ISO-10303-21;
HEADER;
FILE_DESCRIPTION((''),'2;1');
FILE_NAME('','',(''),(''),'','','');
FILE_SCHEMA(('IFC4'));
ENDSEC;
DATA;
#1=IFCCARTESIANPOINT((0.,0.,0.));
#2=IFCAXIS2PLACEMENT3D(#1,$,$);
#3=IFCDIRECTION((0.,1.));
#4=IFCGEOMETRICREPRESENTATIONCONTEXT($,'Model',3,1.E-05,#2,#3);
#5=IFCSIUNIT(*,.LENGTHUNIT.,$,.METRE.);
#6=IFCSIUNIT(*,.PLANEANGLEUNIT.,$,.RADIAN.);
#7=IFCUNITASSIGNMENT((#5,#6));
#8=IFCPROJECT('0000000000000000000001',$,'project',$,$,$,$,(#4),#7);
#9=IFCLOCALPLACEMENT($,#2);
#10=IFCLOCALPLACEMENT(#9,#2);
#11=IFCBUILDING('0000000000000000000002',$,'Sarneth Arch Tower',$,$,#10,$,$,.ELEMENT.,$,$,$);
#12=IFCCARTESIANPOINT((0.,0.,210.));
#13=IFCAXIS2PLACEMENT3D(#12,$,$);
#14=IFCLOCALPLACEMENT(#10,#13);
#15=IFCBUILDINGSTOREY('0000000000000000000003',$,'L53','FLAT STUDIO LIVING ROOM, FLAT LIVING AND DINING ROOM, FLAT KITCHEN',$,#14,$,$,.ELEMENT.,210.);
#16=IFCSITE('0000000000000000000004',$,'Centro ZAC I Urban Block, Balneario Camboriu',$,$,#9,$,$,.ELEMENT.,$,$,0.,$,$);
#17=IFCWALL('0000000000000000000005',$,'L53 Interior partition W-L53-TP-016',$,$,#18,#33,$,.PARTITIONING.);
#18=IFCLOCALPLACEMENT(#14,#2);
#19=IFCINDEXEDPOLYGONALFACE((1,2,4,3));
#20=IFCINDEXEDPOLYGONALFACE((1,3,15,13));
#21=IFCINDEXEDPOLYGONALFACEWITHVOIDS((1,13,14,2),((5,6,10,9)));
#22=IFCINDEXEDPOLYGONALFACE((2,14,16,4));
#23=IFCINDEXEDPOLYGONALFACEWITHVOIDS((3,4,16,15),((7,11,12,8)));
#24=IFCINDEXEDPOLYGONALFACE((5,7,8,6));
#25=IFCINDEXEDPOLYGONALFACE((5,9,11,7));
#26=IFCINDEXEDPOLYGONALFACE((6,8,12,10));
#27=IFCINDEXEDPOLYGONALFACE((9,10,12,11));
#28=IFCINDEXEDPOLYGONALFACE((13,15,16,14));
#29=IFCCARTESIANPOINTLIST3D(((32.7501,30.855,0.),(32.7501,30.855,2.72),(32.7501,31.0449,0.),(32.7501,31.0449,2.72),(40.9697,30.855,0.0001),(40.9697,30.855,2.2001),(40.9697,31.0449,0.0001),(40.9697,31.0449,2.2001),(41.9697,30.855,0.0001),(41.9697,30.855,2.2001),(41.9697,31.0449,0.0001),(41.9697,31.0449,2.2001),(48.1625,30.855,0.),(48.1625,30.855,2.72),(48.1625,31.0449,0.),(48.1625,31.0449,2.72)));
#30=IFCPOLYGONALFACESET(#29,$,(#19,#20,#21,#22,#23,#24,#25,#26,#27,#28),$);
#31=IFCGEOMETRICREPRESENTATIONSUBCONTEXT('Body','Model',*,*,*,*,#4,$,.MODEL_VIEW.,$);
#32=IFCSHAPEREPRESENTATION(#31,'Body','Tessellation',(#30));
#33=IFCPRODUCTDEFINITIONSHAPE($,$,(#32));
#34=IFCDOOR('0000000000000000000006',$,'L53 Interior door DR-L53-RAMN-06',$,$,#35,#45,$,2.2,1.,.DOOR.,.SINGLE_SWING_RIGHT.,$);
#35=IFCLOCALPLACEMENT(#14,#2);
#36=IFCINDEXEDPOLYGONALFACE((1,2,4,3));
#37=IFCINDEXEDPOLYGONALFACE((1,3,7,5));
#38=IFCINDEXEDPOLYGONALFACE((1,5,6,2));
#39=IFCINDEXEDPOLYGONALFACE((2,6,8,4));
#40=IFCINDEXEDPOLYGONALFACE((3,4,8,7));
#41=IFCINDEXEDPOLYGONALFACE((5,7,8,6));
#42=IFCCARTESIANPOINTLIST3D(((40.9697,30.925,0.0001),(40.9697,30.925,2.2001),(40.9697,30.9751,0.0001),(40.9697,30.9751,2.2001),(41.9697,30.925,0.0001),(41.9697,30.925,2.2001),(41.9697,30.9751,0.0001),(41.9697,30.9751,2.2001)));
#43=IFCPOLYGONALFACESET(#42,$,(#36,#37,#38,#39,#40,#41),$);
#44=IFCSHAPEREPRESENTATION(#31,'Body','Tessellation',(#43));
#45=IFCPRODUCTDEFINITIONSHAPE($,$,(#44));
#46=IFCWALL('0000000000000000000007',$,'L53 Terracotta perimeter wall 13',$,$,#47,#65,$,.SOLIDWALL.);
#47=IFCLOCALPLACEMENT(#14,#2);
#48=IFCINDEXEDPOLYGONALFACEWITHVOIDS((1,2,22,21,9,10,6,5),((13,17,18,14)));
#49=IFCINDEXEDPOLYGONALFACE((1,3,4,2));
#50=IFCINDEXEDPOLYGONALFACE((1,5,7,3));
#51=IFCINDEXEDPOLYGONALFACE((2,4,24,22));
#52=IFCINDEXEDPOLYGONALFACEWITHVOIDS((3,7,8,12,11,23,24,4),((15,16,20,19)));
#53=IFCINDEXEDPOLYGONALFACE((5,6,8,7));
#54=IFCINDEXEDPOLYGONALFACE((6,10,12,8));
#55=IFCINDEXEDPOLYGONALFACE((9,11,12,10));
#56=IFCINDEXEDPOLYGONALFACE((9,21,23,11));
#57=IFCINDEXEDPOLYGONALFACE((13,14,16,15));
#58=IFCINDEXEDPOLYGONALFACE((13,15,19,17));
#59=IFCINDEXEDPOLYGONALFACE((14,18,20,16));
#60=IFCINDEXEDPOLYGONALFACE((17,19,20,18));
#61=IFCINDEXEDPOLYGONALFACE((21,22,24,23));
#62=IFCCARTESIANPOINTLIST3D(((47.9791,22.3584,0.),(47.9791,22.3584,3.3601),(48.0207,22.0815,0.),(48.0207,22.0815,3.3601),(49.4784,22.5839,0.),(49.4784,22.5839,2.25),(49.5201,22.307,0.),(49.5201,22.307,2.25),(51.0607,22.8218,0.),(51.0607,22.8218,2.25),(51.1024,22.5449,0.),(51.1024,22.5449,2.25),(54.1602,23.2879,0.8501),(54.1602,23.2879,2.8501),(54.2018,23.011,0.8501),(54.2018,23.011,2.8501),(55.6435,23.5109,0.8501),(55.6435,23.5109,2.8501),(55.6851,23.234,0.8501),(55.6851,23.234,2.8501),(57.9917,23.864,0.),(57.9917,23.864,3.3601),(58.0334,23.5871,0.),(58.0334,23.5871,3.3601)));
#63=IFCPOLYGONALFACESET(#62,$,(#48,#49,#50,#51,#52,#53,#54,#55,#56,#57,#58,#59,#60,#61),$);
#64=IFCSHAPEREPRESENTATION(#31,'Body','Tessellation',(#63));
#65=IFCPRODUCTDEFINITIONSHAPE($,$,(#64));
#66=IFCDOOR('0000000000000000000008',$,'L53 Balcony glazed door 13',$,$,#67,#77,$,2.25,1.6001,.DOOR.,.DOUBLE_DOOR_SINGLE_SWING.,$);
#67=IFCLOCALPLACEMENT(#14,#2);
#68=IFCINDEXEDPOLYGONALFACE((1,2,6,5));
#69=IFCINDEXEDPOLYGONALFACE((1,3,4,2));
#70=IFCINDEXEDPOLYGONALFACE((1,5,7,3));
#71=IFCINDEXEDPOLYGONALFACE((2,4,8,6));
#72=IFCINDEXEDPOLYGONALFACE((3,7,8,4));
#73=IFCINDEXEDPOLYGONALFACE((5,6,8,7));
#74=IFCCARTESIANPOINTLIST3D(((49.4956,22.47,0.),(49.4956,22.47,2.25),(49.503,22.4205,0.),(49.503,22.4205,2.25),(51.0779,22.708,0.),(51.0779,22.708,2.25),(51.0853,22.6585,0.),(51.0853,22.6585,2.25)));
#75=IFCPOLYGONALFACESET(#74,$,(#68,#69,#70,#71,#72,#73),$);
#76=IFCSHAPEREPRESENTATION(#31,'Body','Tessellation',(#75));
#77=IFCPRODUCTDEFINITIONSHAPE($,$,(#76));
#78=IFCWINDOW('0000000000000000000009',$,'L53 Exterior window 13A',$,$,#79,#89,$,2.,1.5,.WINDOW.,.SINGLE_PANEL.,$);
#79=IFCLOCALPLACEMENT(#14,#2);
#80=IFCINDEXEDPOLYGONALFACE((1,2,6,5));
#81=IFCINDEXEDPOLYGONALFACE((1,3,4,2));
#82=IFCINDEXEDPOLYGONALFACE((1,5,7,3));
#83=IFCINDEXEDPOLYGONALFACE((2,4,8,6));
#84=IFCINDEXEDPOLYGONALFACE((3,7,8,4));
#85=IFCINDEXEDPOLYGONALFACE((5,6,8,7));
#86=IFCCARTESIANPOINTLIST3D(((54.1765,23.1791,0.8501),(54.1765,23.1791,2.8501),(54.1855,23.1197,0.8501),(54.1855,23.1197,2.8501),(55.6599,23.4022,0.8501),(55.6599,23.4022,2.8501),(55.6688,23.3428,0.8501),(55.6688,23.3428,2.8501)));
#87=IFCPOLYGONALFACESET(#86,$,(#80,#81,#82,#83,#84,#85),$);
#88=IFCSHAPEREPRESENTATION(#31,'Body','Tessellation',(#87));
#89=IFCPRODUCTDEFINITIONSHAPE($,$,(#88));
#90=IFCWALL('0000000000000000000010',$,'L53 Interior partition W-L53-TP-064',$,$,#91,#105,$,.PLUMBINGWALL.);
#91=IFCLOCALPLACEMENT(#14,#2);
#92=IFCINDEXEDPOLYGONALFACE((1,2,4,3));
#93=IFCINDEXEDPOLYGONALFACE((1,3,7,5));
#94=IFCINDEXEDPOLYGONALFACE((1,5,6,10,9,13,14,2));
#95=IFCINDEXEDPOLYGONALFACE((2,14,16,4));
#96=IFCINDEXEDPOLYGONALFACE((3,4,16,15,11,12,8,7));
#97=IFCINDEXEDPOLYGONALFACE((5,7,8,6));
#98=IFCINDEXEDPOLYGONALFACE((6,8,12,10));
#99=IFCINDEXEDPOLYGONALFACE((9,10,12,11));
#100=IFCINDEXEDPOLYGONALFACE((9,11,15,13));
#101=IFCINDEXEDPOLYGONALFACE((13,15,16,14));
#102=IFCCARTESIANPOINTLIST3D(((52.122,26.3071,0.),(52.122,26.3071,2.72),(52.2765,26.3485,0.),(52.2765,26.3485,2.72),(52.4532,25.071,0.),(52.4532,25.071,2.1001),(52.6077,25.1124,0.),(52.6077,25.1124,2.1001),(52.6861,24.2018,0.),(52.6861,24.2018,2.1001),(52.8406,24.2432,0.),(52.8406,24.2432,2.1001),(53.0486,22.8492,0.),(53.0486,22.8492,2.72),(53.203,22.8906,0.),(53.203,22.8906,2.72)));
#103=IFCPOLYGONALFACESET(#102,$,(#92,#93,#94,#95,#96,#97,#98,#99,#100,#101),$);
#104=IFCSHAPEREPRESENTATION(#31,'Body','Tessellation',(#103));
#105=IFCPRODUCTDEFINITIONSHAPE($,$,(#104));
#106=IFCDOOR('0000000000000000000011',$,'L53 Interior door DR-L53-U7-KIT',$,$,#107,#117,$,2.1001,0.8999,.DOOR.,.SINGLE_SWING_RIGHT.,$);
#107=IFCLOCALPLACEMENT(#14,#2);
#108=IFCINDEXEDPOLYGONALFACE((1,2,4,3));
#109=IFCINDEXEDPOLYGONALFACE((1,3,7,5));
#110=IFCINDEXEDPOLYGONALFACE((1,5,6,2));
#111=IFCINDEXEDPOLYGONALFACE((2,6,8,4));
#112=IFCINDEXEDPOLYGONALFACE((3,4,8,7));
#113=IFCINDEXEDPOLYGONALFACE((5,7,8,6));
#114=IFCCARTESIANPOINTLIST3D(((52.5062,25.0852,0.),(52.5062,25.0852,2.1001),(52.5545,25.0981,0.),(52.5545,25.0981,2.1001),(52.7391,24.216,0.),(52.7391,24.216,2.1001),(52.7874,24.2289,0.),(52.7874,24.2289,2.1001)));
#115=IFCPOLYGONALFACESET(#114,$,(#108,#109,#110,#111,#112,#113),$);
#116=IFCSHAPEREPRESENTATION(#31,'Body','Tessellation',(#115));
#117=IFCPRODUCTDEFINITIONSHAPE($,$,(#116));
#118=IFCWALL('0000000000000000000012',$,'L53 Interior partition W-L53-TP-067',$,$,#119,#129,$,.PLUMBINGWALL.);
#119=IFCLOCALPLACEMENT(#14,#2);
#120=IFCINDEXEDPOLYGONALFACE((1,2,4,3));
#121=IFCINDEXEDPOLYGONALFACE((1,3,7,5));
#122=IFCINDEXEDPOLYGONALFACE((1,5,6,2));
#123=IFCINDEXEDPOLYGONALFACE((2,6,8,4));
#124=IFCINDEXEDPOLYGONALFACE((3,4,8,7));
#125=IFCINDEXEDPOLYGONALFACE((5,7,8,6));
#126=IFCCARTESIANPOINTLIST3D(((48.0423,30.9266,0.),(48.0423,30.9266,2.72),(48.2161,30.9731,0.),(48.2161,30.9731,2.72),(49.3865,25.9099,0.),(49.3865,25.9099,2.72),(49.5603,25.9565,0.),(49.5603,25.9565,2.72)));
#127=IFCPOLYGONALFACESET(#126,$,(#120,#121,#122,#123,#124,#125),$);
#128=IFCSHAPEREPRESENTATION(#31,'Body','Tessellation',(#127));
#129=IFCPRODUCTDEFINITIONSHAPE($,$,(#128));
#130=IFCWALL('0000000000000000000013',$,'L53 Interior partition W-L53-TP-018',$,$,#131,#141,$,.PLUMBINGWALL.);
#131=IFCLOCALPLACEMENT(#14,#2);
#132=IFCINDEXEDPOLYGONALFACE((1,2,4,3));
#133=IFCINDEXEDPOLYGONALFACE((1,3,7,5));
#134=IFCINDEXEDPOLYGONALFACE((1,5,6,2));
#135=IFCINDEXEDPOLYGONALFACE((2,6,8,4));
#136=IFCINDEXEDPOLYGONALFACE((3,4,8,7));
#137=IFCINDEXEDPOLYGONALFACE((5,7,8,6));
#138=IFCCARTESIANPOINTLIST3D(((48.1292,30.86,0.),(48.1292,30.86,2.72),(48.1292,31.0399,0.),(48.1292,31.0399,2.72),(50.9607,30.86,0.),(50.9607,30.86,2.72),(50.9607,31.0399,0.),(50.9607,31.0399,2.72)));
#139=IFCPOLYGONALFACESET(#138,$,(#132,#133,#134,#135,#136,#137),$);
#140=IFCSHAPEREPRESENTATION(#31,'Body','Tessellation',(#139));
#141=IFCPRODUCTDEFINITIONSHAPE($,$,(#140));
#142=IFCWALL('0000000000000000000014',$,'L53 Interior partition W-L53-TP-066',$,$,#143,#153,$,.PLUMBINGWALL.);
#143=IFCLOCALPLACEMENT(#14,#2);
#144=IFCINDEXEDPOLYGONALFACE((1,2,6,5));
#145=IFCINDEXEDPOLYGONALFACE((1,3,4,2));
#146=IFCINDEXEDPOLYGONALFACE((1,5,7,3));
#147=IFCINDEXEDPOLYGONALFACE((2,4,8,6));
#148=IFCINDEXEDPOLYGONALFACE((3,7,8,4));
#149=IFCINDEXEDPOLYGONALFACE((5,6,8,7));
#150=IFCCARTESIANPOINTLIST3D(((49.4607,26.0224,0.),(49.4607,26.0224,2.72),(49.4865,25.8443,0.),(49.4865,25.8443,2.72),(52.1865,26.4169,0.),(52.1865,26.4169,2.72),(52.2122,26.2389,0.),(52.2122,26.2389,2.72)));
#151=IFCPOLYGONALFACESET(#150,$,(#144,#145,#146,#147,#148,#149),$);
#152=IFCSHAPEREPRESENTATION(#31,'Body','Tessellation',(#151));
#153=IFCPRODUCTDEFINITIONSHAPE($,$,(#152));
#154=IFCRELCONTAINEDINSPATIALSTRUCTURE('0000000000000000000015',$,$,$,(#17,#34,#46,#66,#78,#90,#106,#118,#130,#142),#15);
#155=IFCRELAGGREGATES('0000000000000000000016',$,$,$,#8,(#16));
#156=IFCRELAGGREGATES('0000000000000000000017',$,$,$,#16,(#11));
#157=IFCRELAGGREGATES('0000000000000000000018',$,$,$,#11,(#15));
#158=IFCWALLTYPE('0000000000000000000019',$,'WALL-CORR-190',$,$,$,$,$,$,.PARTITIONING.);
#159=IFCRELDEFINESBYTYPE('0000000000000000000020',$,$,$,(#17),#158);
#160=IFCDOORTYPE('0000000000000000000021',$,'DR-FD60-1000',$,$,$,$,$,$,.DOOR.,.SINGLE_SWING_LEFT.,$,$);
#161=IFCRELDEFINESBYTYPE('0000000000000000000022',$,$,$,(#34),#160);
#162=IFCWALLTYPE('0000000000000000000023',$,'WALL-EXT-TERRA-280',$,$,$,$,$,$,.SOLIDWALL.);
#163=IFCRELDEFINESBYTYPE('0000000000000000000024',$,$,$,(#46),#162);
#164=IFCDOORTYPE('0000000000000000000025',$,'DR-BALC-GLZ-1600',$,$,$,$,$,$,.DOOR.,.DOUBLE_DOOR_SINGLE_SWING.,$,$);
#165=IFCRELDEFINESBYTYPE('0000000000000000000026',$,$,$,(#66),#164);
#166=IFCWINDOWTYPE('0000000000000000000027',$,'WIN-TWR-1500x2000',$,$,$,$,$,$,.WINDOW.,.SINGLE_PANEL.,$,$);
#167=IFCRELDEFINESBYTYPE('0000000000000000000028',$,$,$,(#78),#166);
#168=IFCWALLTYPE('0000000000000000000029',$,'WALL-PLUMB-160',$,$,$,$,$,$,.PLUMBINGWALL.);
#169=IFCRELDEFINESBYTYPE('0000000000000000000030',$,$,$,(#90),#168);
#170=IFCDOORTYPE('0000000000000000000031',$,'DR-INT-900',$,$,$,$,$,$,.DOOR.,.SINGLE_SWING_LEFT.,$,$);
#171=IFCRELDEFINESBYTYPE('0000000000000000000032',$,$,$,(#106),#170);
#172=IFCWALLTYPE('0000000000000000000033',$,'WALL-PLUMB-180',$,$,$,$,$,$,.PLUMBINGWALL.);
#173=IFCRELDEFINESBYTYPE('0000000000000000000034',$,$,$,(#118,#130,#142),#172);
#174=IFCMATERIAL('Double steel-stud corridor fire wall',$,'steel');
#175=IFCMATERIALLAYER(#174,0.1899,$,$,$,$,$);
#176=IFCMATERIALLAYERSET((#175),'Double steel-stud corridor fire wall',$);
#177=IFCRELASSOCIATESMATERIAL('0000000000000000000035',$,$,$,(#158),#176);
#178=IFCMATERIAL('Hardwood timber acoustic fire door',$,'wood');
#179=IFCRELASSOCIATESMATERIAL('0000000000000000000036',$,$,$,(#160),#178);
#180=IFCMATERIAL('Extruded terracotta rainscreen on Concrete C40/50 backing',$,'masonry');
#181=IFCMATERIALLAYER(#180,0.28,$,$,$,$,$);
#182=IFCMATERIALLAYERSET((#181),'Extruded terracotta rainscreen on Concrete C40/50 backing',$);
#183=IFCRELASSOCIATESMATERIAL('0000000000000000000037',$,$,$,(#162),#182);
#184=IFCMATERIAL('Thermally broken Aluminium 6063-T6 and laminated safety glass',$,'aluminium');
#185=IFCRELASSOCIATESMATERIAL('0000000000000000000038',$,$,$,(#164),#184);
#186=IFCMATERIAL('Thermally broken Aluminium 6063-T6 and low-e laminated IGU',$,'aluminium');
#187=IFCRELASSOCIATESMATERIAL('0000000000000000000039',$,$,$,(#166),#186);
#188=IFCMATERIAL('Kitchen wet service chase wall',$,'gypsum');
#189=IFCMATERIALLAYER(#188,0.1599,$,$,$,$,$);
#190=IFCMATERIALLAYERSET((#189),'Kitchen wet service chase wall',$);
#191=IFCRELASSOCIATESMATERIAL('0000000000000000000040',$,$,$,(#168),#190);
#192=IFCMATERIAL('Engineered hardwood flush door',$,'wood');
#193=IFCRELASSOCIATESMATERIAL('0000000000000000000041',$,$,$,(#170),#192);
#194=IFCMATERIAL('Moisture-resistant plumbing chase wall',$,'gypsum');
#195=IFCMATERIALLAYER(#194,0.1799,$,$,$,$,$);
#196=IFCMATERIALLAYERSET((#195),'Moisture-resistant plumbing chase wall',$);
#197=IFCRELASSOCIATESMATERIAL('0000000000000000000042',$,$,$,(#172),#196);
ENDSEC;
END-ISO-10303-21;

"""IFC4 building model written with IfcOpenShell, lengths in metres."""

from ifc_helpers import new_model, si_unit, direction, frame, frame_2d, origin, place, context, subcontext, project, spatial, rectangle, extrude, material, layer, layer_set, type_object, element, fill, save


model = new_model("IFC4")

# Units and contexts
model_context = context("Model", 3, precision=1e-05, world=origin(), true_north=direction((0.0, 1.0)))
body_context = subcontext(model_context, "Body", "Model", "MODEL_VIEW")
ifc_project = project(units=[si_unit("LENGTHUNIT", "METRE"), si_unit("PLANEANGLEUNIT", "RADIAN")], contexts=[model_context])

# Site, building, storey
site_placement = place(None, origin())
site = spatial("IfcSite", under=ifc_project, at=site_placement, Name="Centro ZAC I Urban Block, Balneario Camboriu", CompositionType="ELEMENT", RefElevation=0.0)
building_placement = place(site_placement, origin())
building = spatial("IfcBuilding", under=site, at=building_placement, Name="Sarneth Arch Tower", CompositionType="ELEMENT")
storey_placement = place(building_placement, frame((0.0, 0.0, 210.0)))
storey = spatial("IfcBuildingStorey", under=building, at=storey_placement, Name="L53", Description="FLAT STUDIO LIVING ROOM, FLAT LIVING AND DINING ROOM, FLAT KITCHEN", CompositionType="ELEMENT", Elevation=210.0)

# Wall, opening, door
ifc_material_1 = material(Name="Double steel-stud corridor fire wall", Category="steel")
ifc_layer_1 = layer(ifc_material_1, 0.1899)
ifc_layer_set_1 = layer_set([ifc_layer_1], Name="Double steel-stud corridor fire wall")
wall_type_1 = type_object("IfcWallType", Name="WALL-CORR-190", PredefinedType="PARTITIONING", material=ifc_layer_set_1)
wall_1_placement = place(storey_placement, frame((48.1624, 30.95, 0.0), z_axis=(0.0, 0.0, 1.0), x_axis=(-1.0, 0.0, 0.0)))
wall_1 = element("IfcWall", 1, at=wall_1_placement, inside=storey, type_object=wall_type_1, Name="L53 Interior partition W-L53-TP-016", PredefinedType="PARTITIONING", context=body_context, shape_type="SweptSolid", body=[
    extrude(rectangle(XDim=15.4124, YDim=0.1899, at=frame_2d((7.7061, 0.0))), origin(), (0.0, 0.0, 1.0), 2.72),
])
opening_1_placement = place(wall_1_placement, frame((6.1926, 0.0, 0.0)))
opening_1 = element("IfcOpeningElement", 2, at=opening_1_placement, cuts=wall_1, PredefinedType="OPENING", context=body_context, shape_type="SweptSolid", body=[
    extrude(rectangle(XDim=1.0, YDim=2.2, at=frame_2d((0.5, 1.1001))), frame((0.0, 0.105, 0.0), z_axis=(0.0, -1.0, 0.0), x_axis=(1.0, 0.0, 0.0)), (0.0, 0.0, 1.0), 0.21),
])
ifc_material_2 = material(Name="Hardwood timber acoustic fire door", Category="wood")
door_type_1 = type_object("IfcDoorType", Name="DR-FD60-1000", OperationType="SINGLE_SWING_LEFT", PredefinedType="DOOR", material=ifc_material_2)
door_1_placement = place(opening_1_placement, origin())
door_1 = element("IfcDoor", 3, at=door_1_placement, inside=storey, type_object=door_type_1, Name="L53 Interior door DR-L53-RAMN-06", OperationType="SINGLE_SWING_RIGHT", OverallHeight=2.2, OverallWidth=1.0, PredefinedType="DOOR", context=body_context, shape_type="SweptSolid", body=[
    extrude(rectangle(XDim=1.0, YDim=2.2, at=frame_2d((0.5, 1.1001))), frame((0.0, 0.0249, 0.0), z_axis=(0.0, -1.0, 0.0), x_axis=(1.0, 0.0, 0.0)), (0.0, 0.0, 1.0), 0.05),
])
fill(opening_1, door_1)

# Wall, openings, door, window
ifc_material_3 = material(Name="Extruded terracotta rainscreen on Concrete C40/50 backing", Category="masonry")
ifc_layer_2 = layer(ifc_material_3, 0.28)
ifc_layer_set_2 = layer_set([ifc_layer_2], Name="Extruded terracotta rainscreen on Concrete C40/50 backing")
wall_type_2 = type_object("IfcWallType", Name="WALL-EXT-TERRA-280", PredefinedType="SOLIDWALL", material=ifc_layer_set_2)
wall_2_placement = place(storey_placement, frame((48.0, 22.22, 0.0), z_axis=(0.0, 0.0, 1.0), x_axis=(0.988883, 0.148699, 0.0)))
wall_2 = element("IfcWall", 4, at=wall_2_placement, inside=storey, type_object=wall_type_2, Name="L53 Terracotta perimeter wall 13", PredefinedType="SOLIDWALL", context=body_context, shape_type="SweptSolid", body=[
    extrude(rectangle(XDim=10.1252, YDim=0.28, at=frame_2d((5.0625, 0.0))), origin(), (0.0, 0.0, 1.0), 3.3601),
])
opening_2_placement = place(wall_2_placement, frame((1.5161, 0.0, 0.0)))
opening_2 = element("IfcOpeningElement", 5, at=opening_2_placement, cuts=wall_2, PredefinedType="OPENING", context=body_context, shape_type="SweptSolid", body=[
    extrude(rectangle(XDim=1.6001, YDim=2.25, at=frame_2d((0.8, 1.125))), frame((0.0, 0.1499, 0.0), z_axis=(0.0, -1.0, 0.0), x_axis=(1.0, 0.0, 0.0)), (0.0, 0.0, 1.0), 0.3),
])
opening_3_placement = place(wall_2_placement, frame((6.2505, 0.0, 0.8501)))
opening_3 = element("IfcOpeningElement", 6, at=opening_3_placement, cuts=wall_2, PredefinedType="OPENING", context=body_context, shape_type="SweptSolid", body=[
    extrude(rectangle(XDim=1.5, YDim=2.0, at=frame_2d((0.75, 1.0))), frame((0.0, 0.1499, 0.0), z_axis=(0.0, -1.0, 0.0), x_axis=(1.0, 0.0, 0.0)), (0.0, 0.0, 1.0), 0.3),
])
ifc_material_4 = material(Name="Thermally broken Aluminium 6063-T6 and laminated safety glass", Category="aluminium")
door_type_2 = type_object("IfcDoorType", Name="DR-BALC-GLZ-1600", OperationType="DOUBLE_DOOR_SINGLE_SWING", PredefinedType="DOOR", material=ifc_material_4)
door_2_placement = place(opening_2_placement, origin())
door_2 = element("IfcDoor", 7, at=door_2_placement, inside=storey, type_object=door_type_2, Name="L53 Balcony glazed door 13", OperationType="DOUBLE_DOOR_SINGLE_SWING", OverallHeight=2.25, OverallWidth=1.6001, PredefinedType="DOOR", context=body_context, shape_type="SweptSolid", body=[
    extrude(rectangle(XDim=1.6001, YDim=2.25, at=frame_2d((0.8, 1.125))), frame((0.0, 0.0249, 0.0), z_axis=(0.0, -1.0, 0.0), x_axis=(1.0, 0.0, 0.0)), (0.0, 0.0, 1.0), 0.05),
])
fill(opening_2, door_2)
ifc_material_5 = material(Name="Thermally broken Aluminium 6063-T6 and low-e laminated IGU", Category="aluminium")
window_type = type_object("IfcWindowType", Name="WIN-TWR-1500x2000", PartitioningType="SINGLE_PANEL", PredefinedType="WINDOW", material=ifc_material_5)
window_placement = place(opening_3_placement, origin())
window = element("IfcWindow", 8, at=window_placement, inside=storey, type_object=window_type, Name="L53 Exterior window 13A", OverallHeight=2.0, OverallWidth=1.5, PartitioningType="SINGLE_PANEL", PredefinedType="WINDOW", context=body_context, shape_type="SweptSolid", body=[
    extrude(rectangle(XDim=1.5, YDim=2.0, at=frame_2d((0.75, 1.0))), frame((0.0, 0.03, 0.0), z_axis=(0.0, -1.0, 0.0), x_axis=(1.0, 0.0, 0.0)), (0.0, 0.0, 1.0), 0.0601),
])
fill(opening_3, window)

# Wall, opening, door
ifc_material_6 = material(Name="Kitchen wet service chase wall", Category="gypsum")
ifc_layer_3 = layer(ifc_material_6, 0.1599)
ifc_layer_set_3 = layer_set([ifc_layer_3], Name="Kitchen wet service chase wall")
wall_type_3 = type_object("IfcWallType", Name="WALL-PLUMB-160", PredefinedType="PLUMBINGWALL", material=ifc_layer_set_3)
wall_3_placement = place(storey_placement, frame((52.1992, 26.3279, 0.0), z_axis=(0.0, 0.0, 1.0), x_axis=(0.258821, -0.965925, 0.0)))
wall_3 = element("IfcWall", 9, at=wall_3_placement, inside=storey, type_object=wall_type_3, Name="L53 Interior partition W-L53-TP-064", PredefinedType="PLUMBINGWALL", context=body_context, shape_type="SweptSolid", body=[
    extrude(rectangle(XDim=3.5798, YDim=0.1599, at=frame_2d((1.79, 0.0))), origin(), (0.0, 0.0, 1.0), 2.72),
])
opening_4_placement = place(wall_3_placement, frame((1.2798, 0.0, 0.0)))
opening_4 = element("IfcOpeningElement", 10, at=opening_4_placement, cuts=wall_3, PredefinedType="OPENING", context=body_context, shape_type="SweptSolid", body=[
    extrude(rectangle(XDim=0.8999, YDim=2.1001, at=frame_2d((0.45, 1.05))), frame((0.0, 0.0898, 0.0), z_axis=(0.0, -1.0, 0.0), x_axis=(1.0, 0.0, 0.0)), (0.0, 0.0, 1.0), 0.1799),
])
ifc_material_7 = material(Name="Engineered hardwood flush door", Category="wood")
door_type_3 = type_object("IfcDoorType", Name="DR-INT-900", OperationType="SINGLE_SWING_LEFT", PredefinedType="DOOR", material=ifc_material_7)
door_3_placement = place(opening_4_placement, origin())
door_3 = element("IfcDoor", 11, at=door_3_placement, inside=storey, type_object=door_type_3, Name="L53 Interior door DR-L53-U7-KIT", OperationType="SINGLE_SWING_RIGHT", OverallHeight=2.1001, OverallWidth=0.8999, PredefinedType="DOOR", context=body_context, shape_type="SweptSolid", body=[
    extrude(rectangle(XDim=0.8999, YDim=2.1001, at=frame_2d((0.45, 1.05))), frame((0.0, 0.0249, 0.0), z_axis=(0.0, -1.0, 0.0), x_axis=(1.0, 0.0, 0.0)), (0.0, 0.0, 1.0), 0.05),
])
fill(opening_4, door_3)

# Walls
ifc_material_8 = material(Name="Moisture-resistant plumbing chase wall", Category="gypsum")
ifc_layer_4 = layer(ifc_material_8, 0.1799)
ifc_layer_set_4 = layer_set([ifc_layer_4], Name="Moisture-resistant plumbing chase wall")
wall_type_4 = type_object("IfcWallType", Name="WALL-PLUMB-180", PredefinedType="PLUMBINGWALL", material=ifc_layer_set_4)
wall_4_placement = place(storey_placement, frame((49.4734, 25.9333, 0.0), z_axis=(0.0, 0.0, 1.0), x_axis=(-0.258827, 0.965924, 0.0)))
element("IfcWall", 12, at=wall_4_placement, inside=storey, type_object=wall_type_4, Name="L53 Interior partition W-L53-TP-067", PredefinedType="PLUMBINGWALL", context=body_context, shape_type="SweptSolid", body=[
    extrude(rectangle(XDim=5.1936, YDim=0.1799, at=frame_2d((2.5967, 0.0))), origin(), (0.0, 0.0, 1.0), 2.72),
])
wall_5_placement = place(storey_placement, frame((48.1292, 30.95, 0.0), z_axis=(0.0, 0.0, 1.0), x_axis=(1.0, 0.0, 0.0)))
element("IfcWall", 13, at=wall_5_placement, inside=storey, type_object=wall_type_4, Name="L53 Interior partition W-L53-TP-018", PredefinedType="PLUMBINGWALL", context=body_context, shape_type="SweptSolid", body=[
    extrude(rectangle(XDim=2.8315, YDim=0.1799, at=frame_2d((1.4158, 0.0))), origin(), (0.0, 0.0, 1.0), 2.72),
])
wall_6_placement = place(storey_placement, frame((52.1992, 26.3279, 0.0), z_axis=(0.0, 0.0, 1.0), x_axis=(-0.989687, -0.143245, 0.0)))
element("IfcWall", 14, at=wall_6_placement, inside=storey, type_object=wall_type_4, Name="L53 Interior partition W-L53-TP-066", PredefinedType="PLUMBINGWALL", context=body_context, shape_type="SweptSolid", body=[
    extrude(rectangle(XDim=2.7542, YDim=0.1799, at=frame_2d((1.377, 0.0))), origin(), (0.0, 0.0, 1.0), 2.72),
])

save(model, "model.ifc")
